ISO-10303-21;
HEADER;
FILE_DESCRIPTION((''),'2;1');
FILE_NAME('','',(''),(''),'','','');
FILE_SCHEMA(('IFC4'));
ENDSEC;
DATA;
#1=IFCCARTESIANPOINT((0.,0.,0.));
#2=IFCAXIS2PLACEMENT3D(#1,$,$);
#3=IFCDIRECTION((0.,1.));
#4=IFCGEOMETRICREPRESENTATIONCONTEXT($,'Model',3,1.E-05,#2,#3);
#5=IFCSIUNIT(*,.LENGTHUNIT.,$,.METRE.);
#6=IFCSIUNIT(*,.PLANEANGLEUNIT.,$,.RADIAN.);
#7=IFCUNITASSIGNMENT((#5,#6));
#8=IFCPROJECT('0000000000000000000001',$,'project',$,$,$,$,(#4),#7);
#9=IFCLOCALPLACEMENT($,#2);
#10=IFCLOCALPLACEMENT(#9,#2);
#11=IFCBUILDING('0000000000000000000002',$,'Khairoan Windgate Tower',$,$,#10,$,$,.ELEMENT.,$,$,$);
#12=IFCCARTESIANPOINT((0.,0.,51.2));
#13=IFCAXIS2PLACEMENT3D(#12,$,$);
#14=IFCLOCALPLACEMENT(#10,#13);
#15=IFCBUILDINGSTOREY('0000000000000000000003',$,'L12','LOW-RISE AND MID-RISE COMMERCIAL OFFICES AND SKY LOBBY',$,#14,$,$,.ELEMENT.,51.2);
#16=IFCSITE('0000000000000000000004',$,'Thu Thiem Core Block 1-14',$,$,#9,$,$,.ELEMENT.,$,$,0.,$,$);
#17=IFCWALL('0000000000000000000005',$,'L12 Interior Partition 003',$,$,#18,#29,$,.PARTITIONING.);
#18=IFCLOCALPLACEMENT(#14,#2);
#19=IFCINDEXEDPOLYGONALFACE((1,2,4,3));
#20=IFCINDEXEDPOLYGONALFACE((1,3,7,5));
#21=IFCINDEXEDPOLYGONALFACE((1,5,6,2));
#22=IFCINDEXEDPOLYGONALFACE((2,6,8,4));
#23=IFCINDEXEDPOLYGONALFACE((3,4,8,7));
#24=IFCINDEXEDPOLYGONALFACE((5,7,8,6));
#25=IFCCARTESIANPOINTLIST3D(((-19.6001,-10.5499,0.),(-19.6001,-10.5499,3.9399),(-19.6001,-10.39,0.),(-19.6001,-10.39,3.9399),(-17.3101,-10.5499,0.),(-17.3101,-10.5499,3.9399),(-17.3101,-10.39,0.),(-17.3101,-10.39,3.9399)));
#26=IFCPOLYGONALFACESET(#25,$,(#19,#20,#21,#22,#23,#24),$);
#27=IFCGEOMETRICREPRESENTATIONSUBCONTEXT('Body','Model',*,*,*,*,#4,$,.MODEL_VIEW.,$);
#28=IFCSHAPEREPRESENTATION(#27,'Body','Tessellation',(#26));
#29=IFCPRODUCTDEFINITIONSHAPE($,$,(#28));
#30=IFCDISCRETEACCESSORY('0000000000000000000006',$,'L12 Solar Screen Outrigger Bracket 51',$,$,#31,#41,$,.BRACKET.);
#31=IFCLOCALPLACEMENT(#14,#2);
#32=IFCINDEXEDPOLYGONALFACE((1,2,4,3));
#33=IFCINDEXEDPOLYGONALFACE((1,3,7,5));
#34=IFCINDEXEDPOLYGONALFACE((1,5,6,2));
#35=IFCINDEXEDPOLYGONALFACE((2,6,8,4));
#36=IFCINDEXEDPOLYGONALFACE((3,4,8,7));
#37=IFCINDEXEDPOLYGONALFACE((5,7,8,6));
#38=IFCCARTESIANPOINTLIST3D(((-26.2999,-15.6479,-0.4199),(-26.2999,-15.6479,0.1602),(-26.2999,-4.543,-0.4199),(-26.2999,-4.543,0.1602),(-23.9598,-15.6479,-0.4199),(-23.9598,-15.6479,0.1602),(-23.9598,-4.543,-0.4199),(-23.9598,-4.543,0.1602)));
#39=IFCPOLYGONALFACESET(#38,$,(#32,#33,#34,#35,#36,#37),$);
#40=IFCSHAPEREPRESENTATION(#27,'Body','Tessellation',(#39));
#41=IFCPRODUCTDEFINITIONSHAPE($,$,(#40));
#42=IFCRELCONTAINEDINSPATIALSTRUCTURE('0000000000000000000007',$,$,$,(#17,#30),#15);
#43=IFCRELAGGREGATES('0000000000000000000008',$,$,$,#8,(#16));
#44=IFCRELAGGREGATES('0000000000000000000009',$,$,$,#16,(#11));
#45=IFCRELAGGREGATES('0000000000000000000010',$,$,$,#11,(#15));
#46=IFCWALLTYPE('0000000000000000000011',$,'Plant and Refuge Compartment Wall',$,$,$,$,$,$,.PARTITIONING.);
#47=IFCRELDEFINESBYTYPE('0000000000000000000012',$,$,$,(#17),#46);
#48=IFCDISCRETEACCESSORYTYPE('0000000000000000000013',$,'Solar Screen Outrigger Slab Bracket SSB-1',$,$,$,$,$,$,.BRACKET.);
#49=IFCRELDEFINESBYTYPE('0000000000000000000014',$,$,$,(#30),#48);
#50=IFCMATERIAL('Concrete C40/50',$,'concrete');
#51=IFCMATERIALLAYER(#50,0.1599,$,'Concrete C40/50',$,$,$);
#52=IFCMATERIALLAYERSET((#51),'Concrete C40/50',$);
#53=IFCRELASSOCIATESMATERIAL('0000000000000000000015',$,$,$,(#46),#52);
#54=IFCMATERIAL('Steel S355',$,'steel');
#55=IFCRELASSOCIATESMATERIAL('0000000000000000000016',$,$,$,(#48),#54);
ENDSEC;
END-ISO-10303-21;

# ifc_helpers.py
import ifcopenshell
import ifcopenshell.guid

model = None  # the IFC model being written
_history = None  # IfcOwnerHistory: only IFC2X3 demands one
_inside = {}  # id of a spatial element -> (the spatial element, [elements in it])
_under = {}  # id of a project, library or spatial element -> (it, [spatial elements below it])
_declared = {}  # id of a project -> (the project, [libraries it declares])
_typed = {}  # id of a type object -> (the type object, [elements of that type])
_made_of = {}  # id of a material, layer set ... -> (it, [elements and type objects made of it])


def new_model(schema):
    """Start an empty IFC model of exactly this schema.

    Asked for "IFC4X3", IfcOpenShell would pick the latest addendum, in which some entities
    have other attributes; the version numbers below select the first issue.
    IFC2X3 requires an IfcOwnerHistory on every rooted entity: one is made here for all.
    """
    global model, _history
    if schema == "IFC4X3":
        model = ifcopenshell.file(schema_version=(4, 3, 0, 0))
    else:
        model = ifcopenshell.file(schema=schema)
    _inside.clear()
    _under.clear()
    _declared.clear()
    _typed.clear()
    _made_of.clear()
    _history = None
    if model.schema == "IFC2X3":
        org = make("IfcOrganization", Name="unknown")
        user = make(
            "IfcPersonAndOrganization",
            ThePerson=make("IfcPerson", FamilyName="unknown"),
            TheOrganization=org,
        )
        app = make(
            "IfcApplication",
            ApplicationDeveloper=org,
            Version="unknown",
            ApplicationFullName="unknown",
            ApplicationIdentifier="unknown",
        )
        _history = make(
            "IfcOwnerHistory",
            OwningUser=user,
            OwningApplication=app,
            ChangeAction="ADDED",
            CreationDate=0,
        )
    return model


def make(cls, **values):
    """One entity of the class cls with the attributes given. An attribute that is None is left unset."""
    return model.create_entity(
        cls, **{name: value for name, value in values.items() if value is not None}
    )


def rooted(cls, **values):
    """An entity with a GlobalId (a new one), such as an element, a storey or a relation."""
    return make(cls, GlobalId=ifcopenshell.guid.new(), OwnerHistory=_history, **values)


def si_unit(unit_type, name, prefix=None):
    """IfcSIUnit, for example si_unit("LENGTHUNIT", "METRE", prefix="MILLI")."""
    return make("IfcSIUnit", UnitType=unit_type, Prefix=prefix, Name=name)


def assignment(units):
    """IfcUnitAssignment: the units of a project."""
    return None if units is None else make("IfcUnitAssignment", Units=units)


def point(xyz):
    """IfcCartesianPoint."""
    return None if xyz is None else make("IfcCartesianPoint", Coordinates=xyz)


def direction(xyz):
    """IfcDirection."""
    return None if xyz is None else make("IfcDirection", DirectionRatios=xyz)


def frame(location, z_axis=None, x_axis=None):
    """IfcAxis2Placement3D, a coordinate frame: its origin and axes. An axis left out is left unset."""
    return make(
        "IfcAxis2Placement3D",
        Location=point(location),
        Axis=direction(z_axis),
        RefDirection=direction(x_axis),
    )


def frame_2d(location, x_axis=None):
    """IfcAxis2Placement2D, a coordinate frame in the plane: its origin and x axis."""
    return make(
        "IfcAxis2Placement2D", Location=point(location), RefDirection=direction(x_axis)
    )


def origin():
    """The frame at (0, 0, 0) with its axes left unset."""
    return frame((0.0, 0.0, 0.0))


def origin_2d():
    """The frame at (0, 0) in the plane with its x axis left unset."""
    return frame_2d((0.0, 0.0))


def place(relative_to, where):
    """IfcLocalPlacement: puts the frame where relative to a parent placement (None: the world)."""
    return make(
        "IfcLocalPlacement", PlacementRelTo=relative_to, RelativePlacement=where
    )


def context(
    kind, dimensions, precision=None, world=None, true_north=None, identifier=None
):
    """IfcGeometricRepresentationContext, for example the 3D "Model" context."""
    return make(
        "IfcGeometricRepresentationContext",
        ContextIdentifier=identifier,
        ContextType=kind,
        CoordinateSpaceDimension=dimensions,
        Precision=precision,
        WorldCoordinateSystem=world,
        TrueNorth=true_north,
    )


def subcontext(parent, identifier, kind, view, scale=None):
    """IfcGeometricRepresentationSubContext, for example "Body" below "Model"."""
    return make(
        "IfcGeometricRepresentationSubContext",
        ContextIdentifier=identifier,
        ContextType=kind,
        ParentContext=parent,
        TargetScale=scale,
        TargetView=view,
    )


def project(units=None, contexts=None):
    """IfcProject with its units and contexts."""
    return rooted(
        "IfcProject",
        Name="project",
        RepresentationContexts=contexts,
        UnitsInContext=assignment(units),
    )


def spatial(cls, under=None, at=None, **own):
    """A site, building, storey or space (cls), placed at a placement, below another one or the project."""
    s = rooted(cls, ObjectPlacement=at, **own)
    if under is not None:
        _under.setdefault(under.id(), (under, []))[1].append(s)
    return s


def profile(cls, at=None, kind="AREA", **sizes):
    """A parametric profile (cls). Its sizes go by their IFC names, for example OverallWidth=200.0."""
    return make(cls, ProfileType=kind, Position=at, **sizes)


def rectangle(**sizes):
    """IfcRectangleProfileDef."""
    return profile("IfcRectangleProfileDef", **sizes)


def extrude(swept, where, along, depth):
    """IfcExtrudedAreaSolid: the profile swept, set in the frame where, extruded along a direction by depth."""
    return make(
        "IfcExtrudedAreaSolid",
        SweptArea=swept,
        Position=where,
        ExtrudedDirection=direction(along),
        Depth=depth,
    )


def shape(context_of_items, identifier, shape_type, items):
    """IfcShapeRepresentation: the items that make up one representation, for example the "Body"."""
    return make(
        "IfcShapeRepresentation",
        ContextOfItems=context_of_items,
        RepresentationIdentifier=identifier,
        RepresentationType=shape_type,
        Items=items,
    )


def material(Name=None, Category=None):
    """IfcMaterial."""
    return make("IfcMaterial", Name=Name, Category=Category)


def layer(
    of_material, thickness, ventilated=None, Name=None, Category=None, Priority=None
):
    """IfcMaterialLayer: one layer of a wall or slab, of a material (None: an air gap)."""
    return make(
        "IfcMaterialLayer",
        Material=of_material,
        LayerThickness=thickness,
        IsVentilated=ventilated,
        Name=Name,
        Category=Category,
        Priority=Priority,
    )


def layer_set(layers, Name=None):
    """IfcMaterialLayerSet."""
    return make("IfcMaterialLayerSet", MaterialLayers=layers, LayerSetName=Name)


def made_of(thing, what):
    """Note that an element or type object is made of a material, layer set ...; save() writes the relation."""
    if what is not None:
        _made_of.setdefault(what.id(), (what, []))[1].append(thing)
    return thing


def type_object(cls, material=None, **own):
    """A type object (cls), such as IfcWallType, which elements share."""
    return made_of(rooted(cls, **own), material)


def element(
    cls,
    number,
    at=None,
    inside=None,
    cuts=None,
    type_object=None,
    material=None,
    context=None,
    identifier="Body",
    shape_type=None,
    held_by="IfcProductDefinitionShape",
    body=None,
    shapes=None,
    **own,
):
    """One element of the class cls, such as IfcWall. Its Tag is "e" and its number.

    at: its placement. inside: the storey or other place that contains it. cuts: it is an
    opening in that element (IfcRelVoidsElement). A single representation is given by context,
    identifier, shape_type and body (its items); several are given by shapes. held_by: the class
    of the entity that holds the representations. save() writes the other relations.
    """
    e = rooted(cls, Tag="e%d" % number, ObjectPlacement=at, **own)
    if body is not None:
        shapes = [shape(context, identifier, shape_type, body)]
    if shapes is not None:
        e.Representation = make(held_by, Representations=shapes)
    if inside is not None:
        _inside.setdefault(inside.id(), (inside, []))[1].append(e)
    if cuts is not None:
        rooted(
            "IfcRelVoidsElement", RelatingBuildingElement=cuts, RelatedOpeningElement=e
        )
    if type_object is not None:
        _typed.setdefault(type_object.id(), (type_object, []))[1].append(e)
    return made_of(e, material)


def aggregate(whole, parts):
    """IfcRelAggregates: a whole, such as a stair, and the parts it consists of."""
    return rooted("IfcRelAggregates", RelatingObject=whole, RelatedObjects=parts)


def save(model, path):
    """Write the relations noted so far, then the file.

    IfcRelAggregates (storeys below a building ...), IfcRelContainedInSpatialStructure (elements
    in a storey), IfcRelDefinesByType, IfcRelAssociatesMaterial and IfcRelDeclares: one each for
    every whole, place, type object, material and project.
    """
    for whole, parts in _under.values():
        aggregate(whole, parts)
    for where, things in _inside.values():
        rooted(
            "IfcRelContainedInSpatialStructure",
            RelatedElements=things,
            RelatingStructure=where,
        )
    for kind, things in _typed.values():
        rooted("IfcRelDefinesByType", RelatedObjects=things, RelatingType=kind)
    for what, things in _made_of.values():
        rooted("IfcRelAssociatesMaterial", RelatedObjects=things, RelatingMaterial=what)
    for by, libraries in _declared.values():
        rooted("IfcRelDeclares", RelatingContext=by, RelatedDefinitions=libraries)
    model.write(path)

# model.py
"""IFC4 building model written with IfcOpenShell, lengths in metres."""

from ifc_helpers import new_model, si_unit, direction, frame, frame_2d, origin, origin_2d, place, context, subcontext, project, spatial, rectangle, extrude, material, layer, layer_set, type_object, element, save


model = new_model("IFC4")

# Units and contexts
model_context = context("Model", 3, precision=1e-05, world=origin(), true_north=direction((0.0, 1.0)))
body_context = subcontext(model_context, "Body", "Model", "MODEL_VIEW")
ifc_project = project(units=[si_unit("LENGTHUNIT", "METRE"), si_unit("PLANEANGLEUNIT", "RADIAN")], contexts=[model_context])

# Site, building, storey
site_placement = place(None, origin())
site = spatial("IfcSite", under=ifc_project, at=site_placement, Name="Thu Thiem Core Block 1-14", CompositionType="ELEMENT", RefElevation=0.0)
building_placement = place(site_placement, origin())
building = spatial("IfcBuilding", under=site, at=building_placement, Name="Khairoan Windgate Tower", CompositionType="ELEMENT")
storey_placement = place(building_placement, frame((0.0, 0.0, 51.2)))
storey = spatial("IfcBuildingStorey", under=building, at=storey_placement, Name="L12", Description="LOW-RISE AND MID-RISE COMMERCIAL OFFICES AND SKY LOBBY", CompositionType="ELEMENT", Elevation=51.2)

# Shared definitions
ifc_material_1 = material(Name="Concrete C40/50", Category="concrete")
ifc_layer_1 = layer(ifc_material_1, 0.1599, Name="Concrete C40/50")
ifc_layer_set_1 = layer_set([ifc_layer_1], Name="Concrete C40/50")
wall_type_1 = type_object("IfcWallType", Name="Plant and Refuge Compartment Wall", PredefinedType="PARTITIONING", material=ifc_layer_set_1)

# Wall
wall_1_placement = place(storey_placement, frame((-19.6001, -10.47, 0.0), z_axis=(0.0, 0.0, 1.0), x_axis=(1.0, 0.0, 0.0)))
element("IfcWall", 1, at=wall_1_placement, inside=storey, type_object=wall_type_1, Name="L12 Interior Partition 003", PredefinedType="PARTITIONING", context=body_context, shape_type="SweptSolid", body=[
    extrude(rectangle(XDim=2.29, YDim=0.1599, at=frame_2d((1.145, 0.0))), origin(), (0.0, 0.0, 1.0), 3.9399),
])

# Discrete accessory
ifc_material_2 = material(Name="Steel S355", Category="steel")
discrete_accessory_type = type_object("IfcDiscreteAccessoryType", Name="Solar Screen Outrigger Slab Bracket SSB-1", PredefinedType="BRACKET", material=ifc_material_2)
discrete_accessory_placement = place(storey_placement, frame((-25.1299, -10.0955, -0.4199), z_axis=(0.0, 0.0, 1.0), x_axis=(0.0, 1.0, 0.0)))
element("IfcDiscreteAccessory", 2, at=discrete_accessory_placement, inside=storey, type_object=discrete_accessory_type, Name="L12 Solar Screen Outrigger Bracket 51", PredefinedType="BRACKET", context=body_context, shape_type="SweptSolid", body=[
    extrude(rectangle(XDim=11.105, YDim=2.3401, at=origin_2d()), origin(), (0.0, 0.0, 1.0), 0.5801),
])

save(model, "model.ifc")
